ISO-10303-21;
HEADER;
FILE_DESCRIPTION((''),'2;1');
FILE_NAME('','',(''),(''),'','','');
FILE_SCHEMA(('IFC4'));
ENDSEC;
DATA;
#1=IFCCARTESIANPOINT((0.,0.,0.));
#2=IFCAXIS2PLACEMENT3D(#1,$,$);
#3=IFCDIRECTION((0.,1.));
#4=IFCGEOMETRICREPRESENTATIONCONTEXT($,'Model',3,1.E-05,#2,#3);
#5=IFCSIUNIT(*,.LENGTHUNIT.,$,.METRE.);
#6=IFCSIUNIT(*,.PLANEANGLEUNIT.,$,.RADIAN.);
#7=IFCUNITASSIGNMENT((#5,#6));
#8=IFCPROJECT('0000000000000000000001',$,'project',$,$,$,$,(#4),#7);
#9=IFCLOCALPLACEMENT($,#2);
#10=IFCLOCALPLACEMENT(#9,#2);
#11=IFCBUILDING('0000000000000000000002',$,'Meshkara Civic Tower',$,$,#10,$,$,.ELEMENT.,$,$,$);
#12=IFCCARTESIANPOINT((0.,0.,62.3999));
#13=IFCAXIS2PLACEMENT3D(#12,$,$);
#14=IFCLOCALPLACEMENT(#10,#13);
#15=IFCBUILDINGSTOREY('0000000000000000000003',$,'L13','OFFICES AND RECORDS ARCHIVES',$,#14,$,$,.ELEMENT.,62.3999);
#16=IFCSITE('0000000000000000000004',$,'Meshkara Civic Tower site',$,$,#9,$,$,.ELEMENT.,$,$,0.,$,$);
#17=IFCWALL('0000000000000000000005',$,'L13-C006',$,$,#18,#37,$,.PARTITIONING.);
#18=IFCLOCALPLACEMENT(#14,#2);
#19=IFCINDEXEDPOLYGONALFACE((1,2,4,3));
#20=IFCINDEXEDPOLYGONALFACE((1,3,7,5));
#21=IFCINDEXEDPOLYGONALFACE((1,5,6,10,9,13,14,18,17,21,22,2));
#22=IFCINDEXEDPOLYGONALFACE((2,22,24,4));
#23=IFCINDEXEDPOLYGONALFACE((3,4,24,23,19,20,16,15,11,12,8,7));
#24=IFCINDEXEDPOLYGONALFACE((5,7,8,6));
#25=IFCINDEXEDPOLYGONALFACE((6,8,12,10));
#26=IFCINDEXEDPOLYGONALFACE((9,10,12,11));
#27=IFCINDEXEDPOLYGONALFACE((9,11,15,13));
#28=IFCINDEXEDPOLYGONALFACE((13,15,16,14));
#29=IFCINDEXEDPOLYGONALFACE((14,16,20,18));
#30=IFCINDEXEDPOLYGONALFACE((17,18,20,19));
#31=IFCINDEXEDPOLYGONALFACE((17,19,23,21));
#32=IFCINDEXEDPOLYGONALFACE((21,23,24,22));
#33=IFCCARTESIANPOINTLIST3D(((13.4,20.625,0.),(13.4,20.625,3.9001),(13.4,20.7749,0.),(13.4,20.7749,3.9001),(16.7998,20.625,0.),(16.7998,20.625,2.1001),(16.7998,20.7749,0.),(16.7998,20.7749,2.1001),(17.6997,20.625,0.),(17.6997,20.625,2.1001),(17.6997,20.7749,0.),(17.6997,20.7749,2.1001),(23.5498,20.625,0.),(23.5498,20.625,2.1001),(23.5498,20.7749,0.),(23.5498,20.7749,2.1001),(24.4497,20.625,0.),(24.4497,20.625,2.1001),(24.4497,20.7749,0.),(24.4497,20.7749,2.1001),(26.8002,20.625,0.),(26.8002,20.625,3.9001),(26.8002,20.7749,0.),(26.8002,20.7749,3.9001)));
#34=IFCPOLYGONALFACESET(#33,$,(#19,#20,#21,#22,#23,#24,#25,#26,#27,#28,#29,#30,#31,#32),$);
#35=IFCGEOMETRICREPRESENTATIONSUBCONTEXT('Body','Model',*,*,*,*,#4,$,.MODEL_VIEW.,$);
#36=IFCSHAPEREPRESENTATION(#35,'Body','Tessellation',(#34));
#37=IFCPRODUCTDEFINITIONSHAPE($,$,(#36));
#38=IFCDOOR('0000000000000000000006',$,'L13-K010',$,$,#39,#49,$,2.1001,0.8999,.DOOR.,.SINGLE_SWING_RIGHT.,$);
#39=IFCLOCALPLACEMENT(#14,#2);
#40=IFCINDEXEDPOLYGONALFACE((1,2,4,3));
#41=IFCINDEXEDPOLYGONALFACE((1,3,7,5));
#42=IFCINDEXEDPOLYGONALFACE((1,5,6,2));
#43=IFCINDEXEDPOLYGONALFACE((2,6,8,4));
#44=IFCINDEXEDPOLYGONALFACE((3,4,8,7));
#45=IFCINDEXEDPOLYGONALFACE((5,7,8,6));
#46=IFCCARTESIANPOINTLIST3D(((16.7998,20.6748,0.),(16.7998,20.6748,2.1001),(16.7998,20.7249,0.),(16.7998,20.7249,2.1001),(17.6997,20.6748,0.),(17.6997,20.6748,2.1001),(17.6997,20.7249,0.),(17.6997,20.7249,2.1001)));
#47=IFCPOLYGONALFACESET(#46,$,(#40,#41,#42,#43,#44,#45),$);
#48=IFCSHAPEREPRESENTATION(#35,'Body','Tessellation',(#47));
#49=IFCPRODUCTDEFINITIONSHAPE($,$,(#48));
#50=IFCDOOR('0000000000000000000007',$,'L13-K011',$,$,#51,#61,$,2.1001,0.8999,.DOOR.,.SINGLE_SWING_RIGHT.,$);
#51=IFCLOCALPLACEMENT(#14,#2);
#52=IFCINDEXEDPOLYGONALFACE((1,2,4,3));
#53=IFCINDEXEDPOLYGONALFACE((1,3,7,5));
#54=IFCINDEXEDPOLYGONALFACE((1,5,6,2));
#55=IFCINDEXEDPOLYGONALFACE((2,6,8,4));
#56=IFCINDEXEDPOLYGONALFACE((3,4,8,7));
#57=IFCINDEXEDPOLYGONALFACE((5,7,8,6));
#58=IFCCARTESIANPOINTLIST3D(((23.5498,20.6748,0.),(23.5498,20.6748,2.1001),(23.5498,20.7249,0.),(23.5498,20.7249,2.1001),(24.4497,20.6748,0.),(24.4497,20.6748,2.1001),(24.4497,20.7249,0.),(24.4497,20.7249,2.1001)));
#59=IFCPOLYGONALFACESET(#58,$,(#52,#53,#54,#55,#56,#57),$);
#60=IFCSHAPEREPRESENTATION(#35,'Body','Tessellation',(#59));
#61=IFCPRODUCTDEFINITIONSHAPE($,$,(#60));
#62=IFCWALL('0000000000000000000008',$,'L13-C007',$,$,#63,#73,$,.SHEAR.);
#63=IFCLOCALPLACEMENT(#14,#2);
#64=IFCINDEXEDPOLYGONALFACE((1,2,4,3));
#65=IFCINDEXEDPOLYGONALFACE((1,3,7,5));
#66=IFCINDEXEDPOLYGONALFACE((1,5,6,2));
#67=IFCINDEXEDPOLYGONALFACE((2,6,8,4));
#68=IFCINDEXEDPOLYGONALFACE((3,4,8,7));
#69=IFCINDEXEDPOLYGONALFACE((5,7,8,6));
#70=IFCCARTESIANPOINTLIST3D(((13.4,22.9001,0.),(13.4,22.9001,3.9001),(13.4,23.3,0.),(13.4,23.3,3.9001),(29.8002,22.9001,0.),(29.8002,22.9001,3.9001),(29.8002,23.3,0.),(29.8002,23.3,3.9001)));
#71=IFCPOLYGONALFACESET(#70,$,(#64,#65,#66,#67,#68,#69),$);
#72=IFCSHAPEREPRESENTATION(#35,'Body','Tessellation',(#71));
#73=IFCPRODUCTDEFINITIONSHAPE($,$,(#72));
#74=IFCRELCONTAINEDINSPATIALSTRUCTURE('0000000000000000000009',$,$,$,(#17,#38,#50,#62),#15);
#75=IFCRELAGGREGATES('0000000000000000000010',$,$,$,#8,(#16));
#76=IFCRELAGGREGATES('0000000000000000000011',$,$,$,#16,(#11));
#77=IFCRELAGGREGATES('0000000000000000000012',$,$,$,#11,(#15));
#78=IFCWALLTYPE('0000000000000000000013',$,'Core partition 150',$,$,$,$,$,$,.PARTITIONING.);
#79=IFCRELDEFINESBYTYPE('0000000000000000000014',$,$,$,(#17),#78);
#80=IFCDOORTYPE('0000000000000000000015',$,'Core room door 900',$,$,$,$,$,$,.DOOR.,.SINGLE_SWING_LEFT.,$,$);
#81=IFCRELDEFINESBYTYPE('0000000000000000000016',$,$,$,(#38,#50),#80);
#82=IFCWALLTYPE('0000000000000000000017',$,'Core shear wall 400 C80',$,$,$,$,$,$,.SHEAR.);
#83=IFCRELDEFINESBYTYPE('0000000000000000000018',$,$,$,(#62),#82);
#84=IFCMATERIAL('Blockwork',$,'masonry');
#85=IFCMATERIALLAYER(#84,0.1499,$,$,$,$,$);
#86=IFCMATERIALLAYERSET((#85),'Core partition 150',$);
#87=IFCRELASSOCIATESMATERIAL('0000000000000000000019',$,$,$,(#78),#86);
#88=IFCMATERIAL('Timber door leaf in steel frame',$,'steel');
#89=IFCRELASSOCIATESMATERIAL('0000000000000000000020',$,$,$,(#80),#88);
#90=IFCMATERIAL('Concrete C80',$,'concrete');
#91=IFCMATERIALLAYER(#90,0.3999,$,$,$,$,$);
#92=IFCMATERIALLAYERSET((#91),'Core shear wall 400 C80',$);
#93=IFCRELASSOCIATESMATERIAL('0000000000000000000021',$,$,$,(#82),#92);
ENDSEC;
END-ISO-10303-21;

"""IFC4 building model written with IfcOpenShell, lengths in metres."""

from ifc_helpers import new_model, si_unit, direction, frame, frame_2d, origin, place, context, subcontext, project, spatial, rectangle, extrude, material, layer, layer_set, type_object, element, fill, save


model = new_model("IFC4")

# Units and contexts
model_context = context("Model", 3, precision=1e-05, world=origin(), true_north=direction((0.0, 1.0)))
body_context = subcontext(model_context, "Body", "Model", "MODEL_VIEW")
ifc_project = project(units=[si_unit("LENGTHUNIT", "METRE"), si_unit("PLANEANGLEUNIT", "RADIAN")], contexts=[model_context])

# Site, building, storey
site_placement = place(None, origin())
site = spatial("IfcSite", under=ifc_project, at=site_placement, Name="Meshkara Civic Tower site", CompositionType="ELEMENT", RefElevation=0.0)
building_placement = place(site_placement, origin())
building = spatial("IfcBuilding", under=site, at=building_placement, Name="Meshkara Civic Tower", CompositionType="ELEMENT")
storey_placement = place(building_placement, frame((0.0, 0.0, 62.3999)))
storey = spatial("IfcBuildingStorey", under=building, at=storey_placement, Name="L13", Description="OFFICES AND RECORDS ARCHIVES", CompositionType="ELEMENT", Elevation=62.3999)

# Wall, openings, doors
ifc_material_1 = material(Name="Blockwork", Category="masonry")
ifc_layer_1 = layer(ifc_material_1, 0.1499)
ifc_layer_set_1 = layer_set([ifc_layer_1], Name="Core partition 150")
wall_type_1 = type_object("IfcWallType", Name="Core partition 150", PredefinedType="PARTITIONING", material=ifc_layer_set_1)
wall_1_placement = place(storey_placement, frame((13.3999, 20.7, 0.0), z_axis=(0.0, 0.0, 1.0), x_axis=(1.0, 0.0, 0.0)))
wall_1 = element("IfcWall", 1, at=wall_1_placement, inside=storey, type_object=wall_type_1, Name="L13-C006", PredefinedType="PARTITIONING", context=body_context, shape_type="SweptSolid", body=[
    extrude(rectangle(XDim=13.4001, YDim=0.1499, at=frame_2d((6.7002, 0.0))), origin(), (0.0, 0.0, 1.0), 3.9001),
])
opening_1_placement = place(wall_1_placement, frame((3.3999, 0.0, 0.0)))
opening_1 = element("IfcOpeningElement", 2, at=opening_1_placement, cuts=wall_1, PredefinedType="OPENING", context=body_context, shape_type="SweptSolid", body=[
    extrude(rectangle(XDim=0.8999, YDim=2.1001, at=frame_2d((0.45, 1.05))), frame((0.0, 0.085, 0.0), z_axis=(0.0, -1.0, 0.0), x_axis=(1.0, 0.0, 0.0)), (0.0, 0.0, 1.0), 0.1699),
])
opening_2_placement = place(wall_1_placement, frame((10.1499, 0.0, 0.0)))
opening_2 = element("IfcOpeningElement", 3, at=opening_2_placement, cuts=wall_1, PredefinedType="OPENING", context=body_context, shape_type="SweptSolid", body=[
    extrude(rectangle(XDim=0.8999, YDim=2.1001, at=frame_2d((0.45, 1.05))), frame((0.0, 0.085, 0.0), z_axis=(0.0, -1.0, 0.0), x_axis=(1.0, 0.0, 0.0)), (0.0, 0.0, 1.0), 0.1699),
])
ifc_material_2 = material(Name="Timber door leaf in steel frame", Category="steel")
door_type_1 = type_object("IfcDoorType", Name="Core room door 900", OperationType="SINGLE_SWING_LEFT", PredefinedType="DOOR", material=ifc_material_2)
door_1_placement = place(opening_1_placement, origin())
door_1 = element("IfcDoor", 4, at=door_1_placement, inside=storey, type_object=door_type_1, Name="L13-K010", OperationType="SINGLE_SWING_RIGHT", OverallHeight=2.1001, OverallWidth=0.8999, PredefinedType="DOOR", context=body_context, shape_type="SweptSolid", body=[
    extrude(rectangle(XDim=0.8999, YDim=2.1001, at=frame_2d((0.45, 1.05))), frame((0.0, 0.0249, 0.0), z_axis=(0.0, -1.0, 0.0), x_axis=(1.0, 0.0, 0.0)), (0.0, 0.0, 1.0), 0.05),
])
fill(opening_1, door_1)
door_2_placement = place(opening_2_placement, origin())
door_2 = element("IfcDoor", 5, at=door_2_placement, inside=storey, type_object=door_type_1, Name="L13-K011", OperationType="SINGLE_SWING_RIGHT", OverallHeight=2.1001, OverallWidth=0.8999, PredefinedType="DOOR", context=body_context, shape_type="SweptSolid", body=[
    extrude(rectangle(XDim=0.8999, YDim=2.1001, at=frame_2d((0.45, 1.05))), frame((0.0, 0.0249, 0.0), z_axis=(0.0, -1.0, 0.0), x_axis=(1.0, 0.0, 0.0)), (0.0, 0.0, 1.0), 0.05),
])
fill(opening_2, door_2)

# Wall
ifc_material_3 = material(Name="Concrete C80", Category="concrete")
ifc_layer_2 = layer(ifc_material_3, 0.3999)
ifc_layer_set_2 = layer_set([ifc_layer_2], Name="Core shear wall 400 C80")
wall_type_2 = type_object("IfcWallType", Name="Core shear wall 400 C80", PredefinedType="SHEAR", material=ifc_layer_set_2)
wall_2_placement = place(storey_placement, frame((13.3999, 23.1001, 0.0), z_axis=(0.0, 0.0, 1.0), x_axis=(1.0, 0.0, 0.0)))
element("IfcWall", 6, at=wall_2_placement, inside=storey, type_object=wall_type_2, Name="L13-C007", PredefinedType="SHEAR", context=body_context, shape_type="SweptSolid", body=[
    extrude(rectangle(XDim=16.4001, YDim=0.3999, at=frame_2d((8.2002, 0.0))), origin(), (0.0, 0.0, 1.0), 3.9001),
])

save(model, "model.ifc")
